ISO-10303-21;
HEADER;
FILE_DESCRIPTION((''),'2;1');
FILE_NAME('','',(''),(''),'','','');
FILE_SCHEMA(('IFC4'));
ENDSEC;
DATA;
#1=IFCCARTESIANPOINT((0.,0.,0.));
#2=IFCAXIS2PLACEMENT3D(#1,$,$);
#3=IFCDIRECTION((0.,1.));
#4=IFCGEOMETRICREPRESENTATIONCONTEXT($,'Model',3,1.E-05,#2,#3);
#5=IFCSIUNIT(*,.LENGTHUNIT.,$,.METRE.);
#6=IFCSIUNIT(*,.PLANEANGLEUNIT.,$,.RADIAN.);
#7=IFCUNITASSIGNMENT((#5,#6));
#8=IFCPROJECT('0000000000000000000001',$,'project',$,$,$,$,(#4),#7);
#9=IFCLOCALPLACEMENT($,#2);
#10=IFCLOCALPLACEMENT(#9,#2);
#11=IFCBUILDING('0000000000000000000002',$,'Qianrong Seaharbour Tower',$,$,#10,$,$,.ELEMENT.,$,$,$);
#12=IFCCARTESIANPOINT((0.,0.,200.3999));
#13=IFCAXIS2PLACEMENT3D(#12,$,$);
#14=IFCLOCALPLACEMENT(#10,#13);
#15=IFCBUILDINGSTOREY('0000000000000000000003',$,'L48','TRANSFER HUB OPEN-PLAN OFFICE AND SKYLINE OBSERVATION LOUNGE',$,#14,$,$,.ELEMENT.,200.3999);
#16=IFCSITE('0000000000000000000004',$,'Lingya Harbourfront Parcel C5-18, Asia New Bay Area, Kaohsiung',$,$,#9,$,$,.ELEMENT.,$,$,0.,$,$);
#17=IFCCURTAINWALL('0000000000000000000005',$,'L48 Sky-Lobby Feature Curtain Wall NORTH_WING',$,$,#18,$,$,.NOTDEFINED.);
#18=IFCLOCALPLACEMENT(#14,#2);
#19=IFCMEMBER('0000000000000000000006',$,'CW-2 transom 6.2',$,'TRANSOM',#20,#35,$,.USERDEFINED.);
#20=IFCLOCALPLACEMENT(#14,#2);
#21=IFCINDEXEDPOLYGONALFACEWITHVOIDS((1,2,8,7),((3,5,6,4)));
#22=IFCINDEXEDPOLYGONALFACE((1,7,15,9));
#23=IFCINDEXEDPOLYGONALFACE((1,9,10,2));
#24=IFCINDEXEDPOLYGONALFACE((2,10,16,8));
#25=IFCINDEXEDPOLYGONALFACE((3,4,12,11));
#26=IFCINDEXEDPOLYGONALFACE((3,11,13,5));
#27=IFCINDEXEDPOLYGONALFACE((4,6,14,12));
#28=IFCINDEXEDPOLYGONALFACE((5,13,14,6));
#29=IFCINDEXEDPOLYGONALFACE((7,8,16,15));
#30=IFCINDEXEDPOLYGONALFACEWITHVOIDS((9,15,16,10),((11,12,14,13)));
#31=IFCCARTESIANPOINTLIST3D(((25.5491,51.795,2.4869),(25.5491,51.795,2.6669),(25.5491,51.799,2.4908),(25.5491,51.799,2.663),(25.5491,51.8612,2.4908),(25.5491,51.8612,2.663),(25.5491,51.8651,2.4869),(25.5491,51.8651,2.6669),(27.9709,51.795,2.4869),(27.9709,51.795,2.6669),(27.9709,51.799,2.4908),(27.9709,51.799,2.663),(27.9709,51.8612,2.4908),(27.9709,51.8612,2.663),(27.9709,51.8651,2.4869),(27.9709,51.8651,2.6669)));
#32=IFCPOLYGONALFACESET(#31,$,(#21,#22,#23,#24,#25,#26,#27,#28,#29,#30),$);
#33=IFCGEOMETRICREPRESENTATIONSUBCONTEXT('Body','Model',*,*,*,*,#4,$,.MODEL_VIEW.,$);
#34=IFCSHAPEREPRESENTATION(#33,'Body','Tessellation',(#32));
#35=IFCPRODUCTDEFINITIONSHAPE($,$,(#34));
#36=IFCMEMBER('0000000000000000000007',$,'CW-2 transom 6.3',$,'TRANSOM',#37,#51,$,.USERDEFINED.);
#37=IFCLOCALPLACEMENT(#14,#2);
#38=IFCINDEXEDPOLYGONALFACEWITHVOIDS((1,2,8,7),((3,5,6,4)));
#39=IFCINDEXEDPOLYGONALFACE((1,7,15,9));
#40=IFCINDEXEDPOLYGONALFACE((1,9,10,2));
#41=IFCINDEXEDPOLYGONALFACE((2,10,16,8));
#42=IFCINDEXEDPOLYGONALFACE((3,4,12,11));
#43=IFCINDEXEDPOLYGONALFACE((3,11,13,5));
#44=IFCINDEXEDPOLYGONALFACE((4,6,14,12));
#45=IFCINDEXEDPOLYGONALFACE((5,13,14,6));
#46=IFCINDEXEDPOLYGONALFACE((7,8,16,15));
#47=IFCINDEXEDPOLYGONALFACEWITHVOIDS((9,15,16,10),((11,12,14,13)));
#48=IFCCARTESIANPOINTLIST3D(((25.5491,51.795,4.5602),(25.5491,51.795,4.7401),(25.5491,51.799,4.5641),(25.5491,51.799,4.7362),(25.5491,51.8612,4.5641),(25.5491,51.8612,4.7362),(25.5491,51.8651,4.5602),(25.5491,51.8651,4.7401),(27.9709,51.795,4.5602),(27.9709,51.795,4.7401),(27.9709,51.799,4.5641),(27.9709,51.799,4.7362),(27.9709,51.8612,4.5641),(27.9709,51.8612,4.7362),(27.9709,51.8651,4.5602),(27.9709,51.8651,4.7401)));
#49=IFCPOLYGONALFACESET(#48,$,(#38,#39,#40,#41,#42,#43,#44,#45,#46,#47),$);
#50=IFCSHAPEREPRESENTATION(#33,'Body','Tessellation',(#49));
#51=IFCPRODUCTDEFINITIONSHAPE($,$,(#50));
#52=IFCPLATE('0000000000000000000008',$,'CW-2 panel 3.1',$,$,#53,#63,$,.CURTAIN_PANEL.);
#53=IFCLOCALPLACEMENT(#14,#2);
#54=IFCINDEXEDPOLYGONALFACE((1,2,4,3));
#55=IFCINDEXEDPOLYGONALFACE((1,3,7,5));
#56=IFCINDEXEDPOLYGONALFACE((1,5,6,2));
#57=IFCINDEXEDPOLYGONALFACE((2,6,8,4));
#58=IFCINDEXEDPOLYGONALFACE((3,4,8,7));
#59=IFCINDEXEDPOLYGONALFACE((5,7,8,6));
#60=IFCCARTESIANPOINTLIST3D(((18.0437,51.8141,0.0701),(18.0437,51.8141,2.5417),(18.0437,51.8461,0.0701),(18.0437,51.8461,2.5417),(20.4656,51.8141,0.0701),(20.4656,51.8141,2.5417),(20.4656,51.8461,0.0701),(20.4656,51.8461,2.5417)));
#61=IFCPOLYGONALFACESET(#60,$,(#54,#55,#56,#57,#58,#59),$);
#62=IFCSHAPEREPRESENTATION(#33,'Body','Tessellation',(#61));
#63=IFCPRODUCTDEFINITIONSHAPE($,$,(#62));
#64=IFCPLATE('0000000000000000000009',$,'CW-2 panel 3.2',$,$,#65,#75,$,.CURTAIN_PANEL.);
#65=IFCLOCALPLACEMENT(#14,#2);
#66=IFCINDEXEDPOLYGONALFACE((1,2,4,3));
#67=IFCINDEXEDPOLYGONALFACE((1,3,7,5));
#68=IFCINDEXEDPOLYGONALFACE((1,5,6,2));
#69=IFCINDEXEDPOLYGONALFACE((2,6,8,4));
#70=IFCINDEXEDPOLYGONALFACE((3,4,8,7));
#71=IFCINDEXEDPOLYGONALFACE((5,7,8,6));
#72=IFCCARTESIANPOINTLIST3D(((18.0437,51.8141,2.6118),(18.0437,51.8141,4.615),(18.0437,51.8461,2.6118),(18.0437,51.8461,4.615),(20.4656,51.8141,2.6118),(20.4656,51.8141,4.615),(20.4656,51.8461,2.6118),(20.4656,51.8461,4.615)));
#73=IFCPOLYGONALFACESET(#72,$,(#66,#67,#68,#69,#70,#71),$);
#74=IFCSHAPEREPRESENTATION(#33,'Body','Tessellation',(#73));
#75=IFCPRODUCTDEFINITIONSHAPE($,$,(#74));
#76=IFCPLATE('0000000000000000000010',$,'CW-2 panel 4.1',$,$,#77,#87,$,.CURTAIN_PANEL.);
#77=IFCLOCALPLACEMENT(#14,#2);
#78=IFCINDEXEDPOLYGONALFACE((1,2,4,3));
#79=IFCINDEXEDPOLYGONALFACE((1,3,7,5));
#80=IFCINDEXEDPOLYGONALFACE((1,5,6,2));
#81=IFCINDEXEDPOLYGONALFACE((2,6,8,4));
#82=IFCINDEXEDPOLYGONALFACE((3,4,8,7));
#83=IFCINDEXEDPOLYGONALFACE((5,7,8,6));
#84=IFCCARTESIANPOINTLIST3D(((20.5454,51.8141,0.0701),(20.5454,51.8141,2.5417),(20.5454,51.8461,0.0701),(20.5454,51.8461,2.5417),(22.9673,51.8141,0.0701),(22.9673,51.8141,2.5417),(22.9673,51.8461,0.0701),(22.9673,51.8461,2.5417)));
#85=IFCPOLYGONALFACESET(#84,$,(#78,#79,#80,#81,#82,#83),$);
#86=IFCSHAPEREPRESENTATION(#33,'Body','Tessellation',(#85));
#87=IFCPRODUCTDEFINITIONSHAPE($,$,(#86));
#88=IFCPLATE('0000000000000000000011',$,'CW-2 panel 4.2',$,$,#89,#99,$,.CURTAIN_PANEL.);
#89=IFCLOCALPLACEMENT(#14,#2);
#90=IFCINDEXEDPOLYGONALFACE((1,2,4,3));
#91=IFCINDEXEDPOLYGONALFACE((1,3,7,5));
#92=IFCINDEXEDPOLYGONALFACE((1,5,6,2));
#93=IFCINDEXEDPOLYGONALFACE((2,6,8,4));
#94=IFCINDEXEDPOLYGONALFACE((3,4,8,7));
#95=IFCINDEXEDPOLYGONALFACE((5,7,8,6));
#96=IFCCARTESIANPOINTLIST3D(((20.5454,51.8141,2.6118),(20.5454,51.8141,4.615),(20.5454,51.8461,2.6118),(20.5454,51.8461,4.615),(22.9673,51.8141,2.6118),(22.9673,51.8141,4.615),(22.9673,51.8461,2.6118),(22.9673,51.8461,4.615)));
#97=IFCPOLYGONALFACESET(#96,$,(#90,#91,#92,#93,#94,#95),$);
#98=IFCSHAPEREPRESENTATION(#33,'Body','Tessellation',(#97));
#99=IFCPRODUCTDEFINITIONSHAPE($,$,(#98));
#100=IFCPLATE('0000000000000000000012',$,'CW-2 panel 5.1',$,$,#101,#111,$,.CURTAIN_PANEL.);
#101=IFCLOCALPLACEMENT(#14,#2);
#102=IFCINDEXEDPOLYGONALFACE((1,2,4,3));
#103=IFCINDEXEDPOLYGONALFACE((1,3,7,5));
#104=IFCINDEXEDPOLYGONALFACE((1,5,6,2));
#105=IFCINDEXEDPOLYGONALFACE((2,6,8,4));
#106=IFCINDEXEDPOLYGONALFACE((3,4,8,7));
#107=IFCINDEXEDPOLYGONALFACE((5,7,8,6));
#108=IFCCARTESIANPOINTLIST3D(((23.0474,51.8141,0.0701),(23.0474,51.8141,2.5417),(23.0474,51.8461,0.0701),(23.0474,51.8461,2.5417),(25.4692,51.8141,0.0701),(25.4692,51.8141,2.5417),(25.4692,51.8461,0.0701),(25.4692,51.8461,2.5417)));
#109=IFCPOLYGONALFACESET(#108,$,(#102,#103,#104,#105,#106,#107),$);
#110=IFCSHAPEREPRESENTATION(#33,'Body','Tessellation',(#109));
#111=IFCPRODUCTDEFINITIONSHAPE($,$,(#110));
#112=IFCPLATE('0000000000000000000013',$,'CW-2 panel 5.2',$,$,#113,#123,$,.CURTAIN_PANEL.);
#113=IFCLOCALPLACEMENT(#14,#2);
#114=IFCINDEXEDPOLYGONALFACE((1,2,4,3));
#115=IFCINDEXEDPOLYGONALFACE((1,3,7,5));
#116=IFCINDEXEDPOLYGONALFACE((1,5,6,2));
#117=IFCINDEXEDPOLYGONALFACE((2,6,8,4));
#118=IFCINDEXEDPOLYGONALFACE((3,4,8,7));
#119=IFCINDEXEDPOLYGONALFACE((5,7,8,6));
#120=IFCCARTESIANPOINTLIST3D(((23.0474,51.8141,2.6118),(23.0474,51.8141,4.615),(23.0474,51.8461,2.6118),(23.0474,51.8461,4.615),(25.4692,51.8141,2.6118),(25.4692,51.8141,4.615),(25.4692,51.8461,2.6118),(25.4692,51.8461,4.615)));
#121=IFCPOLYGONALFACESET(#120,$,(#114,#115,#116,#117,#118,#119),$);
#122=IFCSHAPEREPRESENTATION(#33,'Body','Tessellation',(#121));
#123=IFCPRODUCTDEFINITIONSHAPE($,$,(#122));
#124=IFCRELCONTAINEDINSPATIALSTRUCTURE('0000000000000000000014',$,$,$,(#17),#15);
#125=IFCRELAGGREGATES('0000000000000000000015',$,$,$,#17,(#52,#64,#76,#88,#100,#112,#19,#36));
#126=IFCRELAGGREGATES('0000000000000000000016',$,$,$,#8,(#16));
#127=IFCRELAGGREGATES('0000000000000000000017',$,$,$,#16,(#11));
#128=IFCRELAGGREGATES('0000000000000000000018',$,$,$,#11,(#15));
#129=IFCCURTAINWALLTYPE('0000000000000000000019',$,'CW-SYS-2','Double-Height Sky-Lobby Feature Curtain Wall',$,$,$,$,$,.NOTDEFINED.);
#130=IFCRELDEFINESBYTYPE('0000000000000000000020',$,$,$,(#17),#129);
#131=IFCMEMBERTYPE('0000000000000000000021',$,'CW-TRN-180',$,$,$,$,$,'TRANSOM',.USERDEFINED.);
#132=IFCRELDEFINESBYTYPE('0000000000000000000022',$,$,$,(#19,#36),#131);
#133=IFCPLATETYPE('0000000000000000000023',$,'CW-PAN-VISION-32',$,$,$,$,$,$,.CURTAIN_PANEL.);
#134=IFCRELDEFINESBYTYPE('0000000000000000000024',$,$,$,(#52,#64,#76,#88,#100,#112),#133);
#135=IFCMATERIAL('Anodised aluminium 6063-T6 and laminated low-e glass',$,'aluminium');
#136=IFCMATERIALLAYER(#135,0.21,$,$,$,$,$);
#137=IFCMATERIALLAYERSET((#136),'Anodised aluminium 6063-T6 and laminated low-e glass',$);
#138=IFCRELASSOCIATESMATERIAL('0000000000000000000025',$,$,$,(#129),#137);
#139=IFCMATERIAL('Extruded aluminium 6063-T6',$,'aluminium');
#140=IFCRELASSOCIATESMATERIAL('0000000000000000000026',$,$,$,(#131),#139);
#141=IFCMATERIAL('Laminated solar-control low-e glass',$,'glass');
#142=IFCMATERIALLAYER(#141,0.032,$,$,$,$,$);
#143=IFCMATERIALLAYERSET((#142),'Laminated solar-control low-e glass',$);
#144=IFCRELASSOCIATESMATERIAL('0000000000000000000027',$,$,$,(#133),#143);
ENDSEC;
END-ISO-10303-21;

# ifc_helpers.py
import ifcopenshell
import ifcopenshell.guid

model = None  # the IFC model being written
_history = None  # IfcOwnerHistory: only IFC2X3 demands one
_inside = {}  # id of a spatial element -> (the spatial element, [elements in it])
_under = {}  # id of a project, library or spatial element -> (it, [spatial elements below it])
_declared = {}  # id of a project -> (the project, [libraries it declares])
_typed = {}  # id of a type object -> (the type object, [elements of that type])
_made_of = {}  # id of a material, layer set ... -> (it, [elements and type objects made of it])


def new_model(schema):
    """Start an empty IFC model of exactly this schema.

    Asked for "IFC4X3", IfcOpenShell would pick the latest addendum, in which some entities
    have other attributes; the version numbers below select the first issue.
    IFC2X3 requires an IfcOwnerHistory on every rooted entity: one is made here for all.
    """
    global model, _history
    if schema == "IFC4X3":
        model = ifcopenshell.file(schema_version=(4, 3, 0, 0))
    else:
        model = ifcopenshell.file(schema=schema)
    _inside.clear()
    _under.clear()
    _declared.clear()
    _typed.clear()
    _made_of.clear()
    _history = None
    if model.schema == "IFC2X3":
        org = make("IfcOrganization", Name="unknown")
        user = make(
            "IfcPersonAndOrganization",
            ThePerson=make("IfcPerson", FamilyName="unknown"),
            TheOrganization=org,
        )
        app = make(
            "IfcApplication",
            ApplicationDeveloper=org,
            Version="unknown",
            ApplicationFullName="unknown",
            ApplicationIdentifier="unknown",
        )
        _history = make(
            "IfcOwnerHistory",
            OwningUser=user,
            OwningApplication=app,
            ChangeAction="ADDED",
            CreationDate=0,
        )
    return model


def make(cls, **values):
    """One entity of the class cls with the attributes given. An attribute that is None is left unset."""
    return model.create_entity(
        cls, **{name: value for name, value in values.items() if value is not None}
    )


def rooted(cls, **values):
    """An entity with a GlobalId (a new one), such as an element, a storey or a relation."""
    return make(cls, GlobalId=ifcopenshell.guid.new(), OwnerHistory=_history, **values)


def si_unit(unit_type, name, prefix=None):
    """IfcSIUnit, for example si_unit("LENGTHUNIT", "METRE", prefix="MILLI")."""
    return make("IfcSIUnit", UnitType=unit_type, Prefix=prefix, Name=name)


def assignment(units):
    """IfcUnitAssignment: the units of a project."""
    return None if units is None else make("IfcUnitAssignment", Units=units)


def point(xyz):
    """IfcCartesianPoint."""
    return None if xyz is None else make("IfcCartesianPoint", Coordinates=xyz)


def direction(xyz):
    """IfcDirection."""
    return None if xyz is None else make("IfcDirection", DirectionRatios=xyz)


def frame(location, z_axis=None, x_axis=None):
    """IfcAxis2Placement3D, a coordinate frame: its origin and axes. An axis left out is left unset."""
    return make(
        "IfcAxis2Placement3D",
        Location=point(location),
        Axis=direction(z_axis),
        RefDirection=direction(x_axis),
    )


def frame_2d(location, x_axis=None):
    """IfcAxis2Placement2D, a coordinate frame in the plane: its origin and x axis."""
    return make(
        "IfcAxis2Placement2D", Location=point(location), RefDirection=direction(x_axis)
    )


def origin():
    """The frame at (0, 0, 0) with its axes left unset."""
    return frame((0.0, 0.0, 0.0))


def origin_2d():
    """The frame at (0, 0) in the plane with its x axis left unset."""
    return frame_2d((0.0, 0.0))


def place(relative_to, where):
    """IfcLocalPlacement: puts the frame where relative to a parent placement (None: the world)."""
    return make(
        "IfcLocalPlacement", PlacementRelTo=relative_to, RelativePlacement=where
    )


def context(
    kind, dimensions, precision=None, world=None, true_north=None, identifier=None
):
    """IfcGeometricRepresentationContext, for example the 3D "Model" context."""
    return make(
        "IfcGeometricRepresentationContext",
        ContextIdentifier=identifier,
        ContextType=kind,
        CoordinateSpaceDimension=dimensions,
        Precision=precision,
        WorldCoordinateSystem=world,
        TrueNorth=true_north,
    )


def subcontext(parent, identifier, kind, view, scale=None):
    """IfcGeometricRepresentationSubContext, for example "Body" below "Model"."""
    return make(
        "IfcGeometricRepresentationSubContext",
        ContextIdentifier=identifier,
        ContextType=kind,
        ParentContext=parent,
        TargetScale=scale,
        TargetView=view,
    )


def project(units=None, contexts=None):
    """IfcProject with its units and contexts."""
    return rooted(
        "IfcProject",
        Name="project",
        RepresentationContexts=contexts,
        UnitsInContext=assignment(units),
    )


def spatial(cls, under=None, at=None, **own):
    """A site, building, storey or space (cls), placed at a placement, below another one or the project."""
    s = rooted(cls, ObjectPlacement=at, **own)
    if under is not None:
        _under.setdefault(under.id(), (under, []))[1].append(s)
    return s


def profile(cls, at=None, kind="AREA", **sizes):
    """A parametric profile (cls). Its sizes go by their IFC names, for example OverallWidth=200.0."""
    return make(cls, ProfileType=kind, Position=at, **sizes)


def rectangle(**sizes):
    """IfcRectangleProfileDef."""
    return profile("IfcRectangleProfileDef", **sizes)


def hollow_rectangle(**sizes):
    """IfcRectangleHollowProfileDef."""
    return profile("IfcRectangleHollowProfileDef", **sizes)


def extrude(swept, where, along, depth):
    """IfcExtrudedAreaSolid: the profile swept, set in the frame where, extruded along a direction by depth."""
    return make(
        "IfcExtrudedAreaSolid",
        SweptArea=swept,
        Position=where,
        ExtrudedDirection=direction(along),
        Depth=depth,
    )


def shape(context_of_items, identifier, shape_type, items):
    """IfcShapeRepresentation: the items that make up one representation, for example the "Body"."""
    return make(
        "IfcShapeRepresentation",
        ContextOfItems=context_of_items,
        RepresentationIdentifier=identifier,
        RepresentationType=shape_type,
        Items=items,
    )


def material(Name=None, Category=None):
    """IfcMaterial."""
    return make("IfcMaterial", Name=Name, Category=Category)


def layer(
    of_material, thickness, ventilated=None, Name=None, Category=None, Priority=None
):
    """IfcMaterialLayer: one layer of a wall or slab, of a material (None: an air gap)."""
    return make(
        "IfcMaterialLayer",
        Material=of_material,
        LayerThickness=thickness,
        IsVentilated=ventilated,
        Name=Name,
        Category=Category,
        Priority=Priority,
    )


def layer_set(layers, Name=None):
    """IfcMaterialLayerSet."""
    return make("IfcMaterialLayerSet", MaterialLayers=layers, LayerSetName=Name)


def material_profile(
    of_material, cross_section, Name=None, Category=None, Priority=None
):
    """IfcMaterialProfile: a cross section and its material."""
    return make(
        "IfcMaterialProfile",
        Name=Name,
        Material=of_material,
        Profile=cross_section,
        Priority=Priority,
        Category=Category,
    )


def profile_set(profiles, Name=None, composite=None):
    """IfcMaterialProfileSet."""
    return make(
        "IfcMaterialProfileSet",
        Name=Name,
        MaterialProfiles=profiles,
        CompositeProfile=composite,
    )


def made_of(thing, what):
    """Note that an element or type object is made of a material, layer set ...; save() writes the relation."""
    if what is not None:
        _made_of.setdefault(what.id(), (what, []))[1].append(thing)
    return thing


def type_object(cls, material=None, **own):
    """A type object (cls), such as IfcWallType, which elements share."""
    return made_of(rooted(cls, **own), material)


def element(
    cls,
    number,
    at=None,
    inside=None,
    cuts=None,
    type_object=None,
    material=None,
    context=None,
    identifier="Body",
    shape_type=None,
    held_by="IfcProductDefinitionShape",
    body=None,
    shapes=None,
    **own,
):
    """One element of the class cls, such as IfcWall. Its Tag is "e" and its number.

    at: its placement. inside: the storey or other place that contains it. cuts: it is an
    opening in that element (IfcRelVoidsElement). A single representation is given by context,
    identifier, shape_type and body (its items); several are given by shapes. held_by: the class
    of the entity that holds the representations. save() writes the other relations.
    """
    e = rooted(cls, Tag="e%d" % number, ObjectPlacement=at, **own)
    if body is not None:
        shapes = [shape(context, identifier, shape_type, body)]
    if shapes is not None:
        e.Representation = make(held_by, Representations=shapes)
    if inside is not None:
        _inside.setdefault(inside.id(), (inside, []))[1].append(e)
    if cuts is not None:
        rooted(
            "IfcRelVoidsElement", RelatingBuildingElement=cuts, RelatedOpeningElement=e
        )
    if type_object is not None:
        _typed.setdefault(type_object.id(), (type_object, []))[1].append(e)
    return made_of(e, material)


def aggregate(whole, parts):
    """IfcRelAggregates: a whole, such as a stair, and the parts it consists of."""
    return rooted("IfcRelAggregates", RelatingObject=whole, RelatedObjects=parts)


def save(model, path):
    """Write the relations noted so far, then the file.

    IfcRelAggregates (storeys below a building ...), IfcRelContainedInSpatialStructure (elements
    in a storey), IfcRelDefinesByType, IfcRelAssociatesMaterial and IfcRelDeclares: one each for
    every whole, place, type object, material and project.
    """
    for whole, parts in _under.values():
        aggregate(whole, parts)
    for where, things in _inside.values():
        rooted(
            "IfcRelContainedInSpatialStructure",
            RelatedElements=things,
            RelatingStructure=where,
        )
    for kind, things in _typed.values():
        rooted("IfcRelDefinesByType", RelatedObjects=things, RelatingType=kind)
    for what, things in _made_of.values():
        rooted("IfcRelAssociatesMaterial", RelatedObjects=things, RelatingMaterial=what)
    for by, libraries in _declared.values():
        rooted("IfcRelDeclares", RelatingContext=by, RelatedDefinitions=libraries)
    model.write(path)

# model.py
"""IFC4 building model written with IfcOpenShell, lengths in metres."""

from ifc_helpers import new_model, si_unit, direction, frame, origin, origin_2d, place, context, subcontext, project, spatial, rectangle, hollow_rectangle, extrude, material, layer, layer_set, material_profile, profile_set, type_object, element, aggregate, save


model = new_model("IFC4")

# Units and contexts
model_context = context("Model", 3, precision=1e-05, world=origin(), true_north=direction((0.0, 1.0)))
body_context = subcontext(model_context, "Body", "Model", "MODEL_VIEW")
ifc_project = project(units=[si_unit("LENGTHUNIT", "METRE"), si_unit("PLANEANGLEUNIT", "RADIAN")], contexts=[model_context])

# Site, building, storey
site_placement = place(None, origin())
site = spatial("IfcSite", under=ifc_project, at=site_placement, Name="Lingya Harbourfront Parcel C5-18, Asia New Bay Area, Kaohsiung", CompositionType="ELEMENT", RefElevation=0.0)
building_placement = place(site_placement, origin())
building = spatial("IfcBuilding", under=site, at=building_placement, Name="Qianrong Seaharbour Tower", CompositionType="ELEMENT")
storey_placement = place(building_placement, frame((0.0, 0.0, 200.3999)))
storey = spatial("IfcBuildingStorey", under=building, at=storey_placement, Name="L48", Description="TRANSFER HUB OPEN-PLAN OFFICE AND SKYLINE OBSERVATION LOUNGE", CompositionType="ELEMENT", Elevation=200.3999)

# Curtain wall, members, plates
ifc_material_1 = material(Name="Anodised aluminium 6063-T6 and laminated low-e glass", Category="aluminium")
ifc_layer_1 = layer(ifc_material_1, 0.21)
ifc_layer_set_1 = layer_set([ifc_layer_1], Name="Anodised aluminium 6063-T6 and laminated low-e glass")
curtain_wall_type = type_object("IfcCurtainWallType", Name="CW-SYS-2", Description="Double-Height Sky-Lobby Feature Curtain Wall", PredefinedType="NOTDEFINED", material=ifc_layer_set_1)
curtain_wall_placement = place(storey_placement, origin())
curtain_wall = element("IfcCurtainWall", 1, at=curtain_wall_placement, inside=storey, type_object=curtain_wall_type, Name="L48 Sky-Lobby Feature Curtain Wall NORTH_WING", PredefinedType="NOTDEFINED")
ifc_material_2 = material(Name="Extruded aluminium 6063-T6", Category="aluminium")
ifc_material_profile_1 = material_profile(ifc_material_2, hollow_rectangle(XDim=0.0701, YDim=0.1799, WallThickness=0.0039, at=origin_2d()), Name="ALU-TRN-180x70x4")
ifc_profile_set_1 = profile_set([ifc_material_profile_1], Name="Extruded aluminium 6063-T6")
member_type_1 = type_object("IfcMemberType", Name="CW-TRN-180", ElementType="TRANSOM", PredefinedType="USERDEFINED", material=ifc_profile_set_1)
member_1_placement = place(storey_placement, frame((25.5491, 51.8301, 2.5769), z_axis=(1.0, 0.0, 0.0), x_axis=(0.0, 1.0, 0.0)))
member_1 = element("IfcMember", 2, at=member_1_placement, type_object=member_type_1, Name="CW-2 transom 6.2", ObjectType="TRANSOM", PredefinedType="USERDEFINED", context=body_context, shape_type="SweptSolid", body=[
    extrude(hollow_rectangle(XDim=0.0701, YDim=0.1799, WallThickness=0.0039, at=origin_2d()), origin(), (0.0, 0.0, 1.0), 2.4219),
])
member_2_placement = place(storey_placement, frame((25.5491, 51.8301, 4.6501), z_axis=(1.0, 0.0, 0.0), x_axis=(0.0, 1.0, 0.0)))
member_2 = element("IfcMember", 3, at=member_2_placement, type_object=member_type_1, Name="CW-2 transom 6.3", ObjectType="TRANSOM", PredefinedType="USERDEFINED", context=body_context, shape_type="SweptSolid", body=[
    extrude(hollow_rectangle(XDim=0.0701, YDim=0.1799, WallThickness=0.0039, at=origin_2d()), origin(), (0.0, 0.0, 1.0), 2.4219),
])
ifc_material_3 = material(Name="Laminated solar-control low-e glass", Category="glass")
ifc_layer_2 = layer(ifc_material_3, 0.032)
ifc_layer_set_2 = layer_set([ifc_layer_2], Name="Laminated solar-control low-e glass")
plate_type = type_object("IfcPlateType", Name="CW-PAN-VISION-32", PredefinedType="CURTAIN_PANEL", material=ifc_layer_set_2)
plate_1_placement = place(storey_placement, frame((19.2546, 51.8301, 0.0701), z_axis=(0.0, 0.0, 1.0), x_axis=(1.0, 0.0, 0.0)))
plate_1 = element("IfcPlate", 4, at=plate_1_placement, type_object=plate_type, Name="CW-2 panel 3.1", PredefinedType="CURTAIN_PANEL", context=body_context, shape_type="SweptSolid", body=[
    extrude(rectangle(XDim=2.4219, YDim=0.032, at=origin_2d()), origin(), (0.0, 0.0, 1.0), 2.4717),
])
plate_2_placement = place(storey_placement, frame((19.2546, 51.8301, 2.6118), z_axis=(0.0, 0.0, 1.0), x_axis=(1.0, 0.0, 0.0)))
plate_2 = element("IfcPlate", 5, at=plate_2_placement, type_object=plate_type, Name="CW-2 panel 3.2", PredefinedType="CURTAIN_PANEL", context=body_context, shape_type="SweptSolid", body=[
    extrude(rectangle(XDim=2.4219, YDim=0.032, at=origin_2d()), origin(), (0.0, 0.0, 1.0), 2.0032),
])
plate_3_placement = place(storey_placement, frame((21.7563, 51.8301, 0.0701), z_axis=(0.0, 0.0, 1.0), x_axis=(1.0, 0.0, 0.0)))
plate_3 = element("IfcPlate", 6, at=plate_3_placement, type_object=plate_type, Name="CW-2 panel 4.1", PredefinedType="CURTAIN_PANEL", context=body_context, shape_type="SweptSolid", body=[
    extrude(rectangle(XDim=2.4219, YDim=0.032, at=origin_2d()), origin(), (0.0, 0.0, 1.0), 2.4717),
])
plate_4_placement = place(storey_placement, frame((21.7563, 51.8301, 2.6118), z_axis=(0.0, 0.0, 1.0), x_axis=(1.0, 0.0, 0.0)))
plate_4 = element("IfcPlate", 7, at=plate_4_placement, type_object=plate_type, Name="CW-2 panel 4.2", PredefinedType="CURTAIN_PANEL", context=body_context, shape_type="SweptSolid", body=[
    extrude(rectangle(XDim=2.4219, YDim=0.032, at=origin_2d()), origin(), (0.0, 0.0, 1.0), 2.0032),
])
plate_5_placement = place(storey_placement, frame((24.2583, 51.8301, 0.0701), z_axis=(0.0, 0.0, 1.0), x_axis=(1.0, 0.0, 0.0)))
plate_5 = element("IfcPlate", 8, at=plate_5_placement, type_object=plate_type, Name="CW-2 panel 5.1", PredefinedType="CURTAIN_PANEL", context=body_context, shape_type="SweptSolid", body=[
    extrude(rectangle(XDim=2.4219, YDim=0.032, at=origin_2d()), origin(), (0.0, 0.0, 1.0), 2.4717),
])
plate_6_placement = place(storey_placement, frame((24.2583, 51.8301, 2.6118), z_axis=(0.0, 0.0, 1.0), x_axis=(1.0, 0.0, 0.0)))
plate_6 = element("IfcPlate", 9, at=plate_6_placement, type_object=plate_type, Name="CW-2 panel 5.2", PredefinedType="CURTAIN_PANEL", context=body_context, shape_type="SweptSolid", body=[
    extrude(rectangle(XDim=2.4219, YDim=0.032, at=origin_2d()), origin(), (0.0, 0.0, 1.0), 2.0032),
])
aggregate(curtain_wall, [plate_1, plate_2, plate_3, plate_4, plate_5, plate_6, member_1, member_2])

save(model, "model.ifc")
